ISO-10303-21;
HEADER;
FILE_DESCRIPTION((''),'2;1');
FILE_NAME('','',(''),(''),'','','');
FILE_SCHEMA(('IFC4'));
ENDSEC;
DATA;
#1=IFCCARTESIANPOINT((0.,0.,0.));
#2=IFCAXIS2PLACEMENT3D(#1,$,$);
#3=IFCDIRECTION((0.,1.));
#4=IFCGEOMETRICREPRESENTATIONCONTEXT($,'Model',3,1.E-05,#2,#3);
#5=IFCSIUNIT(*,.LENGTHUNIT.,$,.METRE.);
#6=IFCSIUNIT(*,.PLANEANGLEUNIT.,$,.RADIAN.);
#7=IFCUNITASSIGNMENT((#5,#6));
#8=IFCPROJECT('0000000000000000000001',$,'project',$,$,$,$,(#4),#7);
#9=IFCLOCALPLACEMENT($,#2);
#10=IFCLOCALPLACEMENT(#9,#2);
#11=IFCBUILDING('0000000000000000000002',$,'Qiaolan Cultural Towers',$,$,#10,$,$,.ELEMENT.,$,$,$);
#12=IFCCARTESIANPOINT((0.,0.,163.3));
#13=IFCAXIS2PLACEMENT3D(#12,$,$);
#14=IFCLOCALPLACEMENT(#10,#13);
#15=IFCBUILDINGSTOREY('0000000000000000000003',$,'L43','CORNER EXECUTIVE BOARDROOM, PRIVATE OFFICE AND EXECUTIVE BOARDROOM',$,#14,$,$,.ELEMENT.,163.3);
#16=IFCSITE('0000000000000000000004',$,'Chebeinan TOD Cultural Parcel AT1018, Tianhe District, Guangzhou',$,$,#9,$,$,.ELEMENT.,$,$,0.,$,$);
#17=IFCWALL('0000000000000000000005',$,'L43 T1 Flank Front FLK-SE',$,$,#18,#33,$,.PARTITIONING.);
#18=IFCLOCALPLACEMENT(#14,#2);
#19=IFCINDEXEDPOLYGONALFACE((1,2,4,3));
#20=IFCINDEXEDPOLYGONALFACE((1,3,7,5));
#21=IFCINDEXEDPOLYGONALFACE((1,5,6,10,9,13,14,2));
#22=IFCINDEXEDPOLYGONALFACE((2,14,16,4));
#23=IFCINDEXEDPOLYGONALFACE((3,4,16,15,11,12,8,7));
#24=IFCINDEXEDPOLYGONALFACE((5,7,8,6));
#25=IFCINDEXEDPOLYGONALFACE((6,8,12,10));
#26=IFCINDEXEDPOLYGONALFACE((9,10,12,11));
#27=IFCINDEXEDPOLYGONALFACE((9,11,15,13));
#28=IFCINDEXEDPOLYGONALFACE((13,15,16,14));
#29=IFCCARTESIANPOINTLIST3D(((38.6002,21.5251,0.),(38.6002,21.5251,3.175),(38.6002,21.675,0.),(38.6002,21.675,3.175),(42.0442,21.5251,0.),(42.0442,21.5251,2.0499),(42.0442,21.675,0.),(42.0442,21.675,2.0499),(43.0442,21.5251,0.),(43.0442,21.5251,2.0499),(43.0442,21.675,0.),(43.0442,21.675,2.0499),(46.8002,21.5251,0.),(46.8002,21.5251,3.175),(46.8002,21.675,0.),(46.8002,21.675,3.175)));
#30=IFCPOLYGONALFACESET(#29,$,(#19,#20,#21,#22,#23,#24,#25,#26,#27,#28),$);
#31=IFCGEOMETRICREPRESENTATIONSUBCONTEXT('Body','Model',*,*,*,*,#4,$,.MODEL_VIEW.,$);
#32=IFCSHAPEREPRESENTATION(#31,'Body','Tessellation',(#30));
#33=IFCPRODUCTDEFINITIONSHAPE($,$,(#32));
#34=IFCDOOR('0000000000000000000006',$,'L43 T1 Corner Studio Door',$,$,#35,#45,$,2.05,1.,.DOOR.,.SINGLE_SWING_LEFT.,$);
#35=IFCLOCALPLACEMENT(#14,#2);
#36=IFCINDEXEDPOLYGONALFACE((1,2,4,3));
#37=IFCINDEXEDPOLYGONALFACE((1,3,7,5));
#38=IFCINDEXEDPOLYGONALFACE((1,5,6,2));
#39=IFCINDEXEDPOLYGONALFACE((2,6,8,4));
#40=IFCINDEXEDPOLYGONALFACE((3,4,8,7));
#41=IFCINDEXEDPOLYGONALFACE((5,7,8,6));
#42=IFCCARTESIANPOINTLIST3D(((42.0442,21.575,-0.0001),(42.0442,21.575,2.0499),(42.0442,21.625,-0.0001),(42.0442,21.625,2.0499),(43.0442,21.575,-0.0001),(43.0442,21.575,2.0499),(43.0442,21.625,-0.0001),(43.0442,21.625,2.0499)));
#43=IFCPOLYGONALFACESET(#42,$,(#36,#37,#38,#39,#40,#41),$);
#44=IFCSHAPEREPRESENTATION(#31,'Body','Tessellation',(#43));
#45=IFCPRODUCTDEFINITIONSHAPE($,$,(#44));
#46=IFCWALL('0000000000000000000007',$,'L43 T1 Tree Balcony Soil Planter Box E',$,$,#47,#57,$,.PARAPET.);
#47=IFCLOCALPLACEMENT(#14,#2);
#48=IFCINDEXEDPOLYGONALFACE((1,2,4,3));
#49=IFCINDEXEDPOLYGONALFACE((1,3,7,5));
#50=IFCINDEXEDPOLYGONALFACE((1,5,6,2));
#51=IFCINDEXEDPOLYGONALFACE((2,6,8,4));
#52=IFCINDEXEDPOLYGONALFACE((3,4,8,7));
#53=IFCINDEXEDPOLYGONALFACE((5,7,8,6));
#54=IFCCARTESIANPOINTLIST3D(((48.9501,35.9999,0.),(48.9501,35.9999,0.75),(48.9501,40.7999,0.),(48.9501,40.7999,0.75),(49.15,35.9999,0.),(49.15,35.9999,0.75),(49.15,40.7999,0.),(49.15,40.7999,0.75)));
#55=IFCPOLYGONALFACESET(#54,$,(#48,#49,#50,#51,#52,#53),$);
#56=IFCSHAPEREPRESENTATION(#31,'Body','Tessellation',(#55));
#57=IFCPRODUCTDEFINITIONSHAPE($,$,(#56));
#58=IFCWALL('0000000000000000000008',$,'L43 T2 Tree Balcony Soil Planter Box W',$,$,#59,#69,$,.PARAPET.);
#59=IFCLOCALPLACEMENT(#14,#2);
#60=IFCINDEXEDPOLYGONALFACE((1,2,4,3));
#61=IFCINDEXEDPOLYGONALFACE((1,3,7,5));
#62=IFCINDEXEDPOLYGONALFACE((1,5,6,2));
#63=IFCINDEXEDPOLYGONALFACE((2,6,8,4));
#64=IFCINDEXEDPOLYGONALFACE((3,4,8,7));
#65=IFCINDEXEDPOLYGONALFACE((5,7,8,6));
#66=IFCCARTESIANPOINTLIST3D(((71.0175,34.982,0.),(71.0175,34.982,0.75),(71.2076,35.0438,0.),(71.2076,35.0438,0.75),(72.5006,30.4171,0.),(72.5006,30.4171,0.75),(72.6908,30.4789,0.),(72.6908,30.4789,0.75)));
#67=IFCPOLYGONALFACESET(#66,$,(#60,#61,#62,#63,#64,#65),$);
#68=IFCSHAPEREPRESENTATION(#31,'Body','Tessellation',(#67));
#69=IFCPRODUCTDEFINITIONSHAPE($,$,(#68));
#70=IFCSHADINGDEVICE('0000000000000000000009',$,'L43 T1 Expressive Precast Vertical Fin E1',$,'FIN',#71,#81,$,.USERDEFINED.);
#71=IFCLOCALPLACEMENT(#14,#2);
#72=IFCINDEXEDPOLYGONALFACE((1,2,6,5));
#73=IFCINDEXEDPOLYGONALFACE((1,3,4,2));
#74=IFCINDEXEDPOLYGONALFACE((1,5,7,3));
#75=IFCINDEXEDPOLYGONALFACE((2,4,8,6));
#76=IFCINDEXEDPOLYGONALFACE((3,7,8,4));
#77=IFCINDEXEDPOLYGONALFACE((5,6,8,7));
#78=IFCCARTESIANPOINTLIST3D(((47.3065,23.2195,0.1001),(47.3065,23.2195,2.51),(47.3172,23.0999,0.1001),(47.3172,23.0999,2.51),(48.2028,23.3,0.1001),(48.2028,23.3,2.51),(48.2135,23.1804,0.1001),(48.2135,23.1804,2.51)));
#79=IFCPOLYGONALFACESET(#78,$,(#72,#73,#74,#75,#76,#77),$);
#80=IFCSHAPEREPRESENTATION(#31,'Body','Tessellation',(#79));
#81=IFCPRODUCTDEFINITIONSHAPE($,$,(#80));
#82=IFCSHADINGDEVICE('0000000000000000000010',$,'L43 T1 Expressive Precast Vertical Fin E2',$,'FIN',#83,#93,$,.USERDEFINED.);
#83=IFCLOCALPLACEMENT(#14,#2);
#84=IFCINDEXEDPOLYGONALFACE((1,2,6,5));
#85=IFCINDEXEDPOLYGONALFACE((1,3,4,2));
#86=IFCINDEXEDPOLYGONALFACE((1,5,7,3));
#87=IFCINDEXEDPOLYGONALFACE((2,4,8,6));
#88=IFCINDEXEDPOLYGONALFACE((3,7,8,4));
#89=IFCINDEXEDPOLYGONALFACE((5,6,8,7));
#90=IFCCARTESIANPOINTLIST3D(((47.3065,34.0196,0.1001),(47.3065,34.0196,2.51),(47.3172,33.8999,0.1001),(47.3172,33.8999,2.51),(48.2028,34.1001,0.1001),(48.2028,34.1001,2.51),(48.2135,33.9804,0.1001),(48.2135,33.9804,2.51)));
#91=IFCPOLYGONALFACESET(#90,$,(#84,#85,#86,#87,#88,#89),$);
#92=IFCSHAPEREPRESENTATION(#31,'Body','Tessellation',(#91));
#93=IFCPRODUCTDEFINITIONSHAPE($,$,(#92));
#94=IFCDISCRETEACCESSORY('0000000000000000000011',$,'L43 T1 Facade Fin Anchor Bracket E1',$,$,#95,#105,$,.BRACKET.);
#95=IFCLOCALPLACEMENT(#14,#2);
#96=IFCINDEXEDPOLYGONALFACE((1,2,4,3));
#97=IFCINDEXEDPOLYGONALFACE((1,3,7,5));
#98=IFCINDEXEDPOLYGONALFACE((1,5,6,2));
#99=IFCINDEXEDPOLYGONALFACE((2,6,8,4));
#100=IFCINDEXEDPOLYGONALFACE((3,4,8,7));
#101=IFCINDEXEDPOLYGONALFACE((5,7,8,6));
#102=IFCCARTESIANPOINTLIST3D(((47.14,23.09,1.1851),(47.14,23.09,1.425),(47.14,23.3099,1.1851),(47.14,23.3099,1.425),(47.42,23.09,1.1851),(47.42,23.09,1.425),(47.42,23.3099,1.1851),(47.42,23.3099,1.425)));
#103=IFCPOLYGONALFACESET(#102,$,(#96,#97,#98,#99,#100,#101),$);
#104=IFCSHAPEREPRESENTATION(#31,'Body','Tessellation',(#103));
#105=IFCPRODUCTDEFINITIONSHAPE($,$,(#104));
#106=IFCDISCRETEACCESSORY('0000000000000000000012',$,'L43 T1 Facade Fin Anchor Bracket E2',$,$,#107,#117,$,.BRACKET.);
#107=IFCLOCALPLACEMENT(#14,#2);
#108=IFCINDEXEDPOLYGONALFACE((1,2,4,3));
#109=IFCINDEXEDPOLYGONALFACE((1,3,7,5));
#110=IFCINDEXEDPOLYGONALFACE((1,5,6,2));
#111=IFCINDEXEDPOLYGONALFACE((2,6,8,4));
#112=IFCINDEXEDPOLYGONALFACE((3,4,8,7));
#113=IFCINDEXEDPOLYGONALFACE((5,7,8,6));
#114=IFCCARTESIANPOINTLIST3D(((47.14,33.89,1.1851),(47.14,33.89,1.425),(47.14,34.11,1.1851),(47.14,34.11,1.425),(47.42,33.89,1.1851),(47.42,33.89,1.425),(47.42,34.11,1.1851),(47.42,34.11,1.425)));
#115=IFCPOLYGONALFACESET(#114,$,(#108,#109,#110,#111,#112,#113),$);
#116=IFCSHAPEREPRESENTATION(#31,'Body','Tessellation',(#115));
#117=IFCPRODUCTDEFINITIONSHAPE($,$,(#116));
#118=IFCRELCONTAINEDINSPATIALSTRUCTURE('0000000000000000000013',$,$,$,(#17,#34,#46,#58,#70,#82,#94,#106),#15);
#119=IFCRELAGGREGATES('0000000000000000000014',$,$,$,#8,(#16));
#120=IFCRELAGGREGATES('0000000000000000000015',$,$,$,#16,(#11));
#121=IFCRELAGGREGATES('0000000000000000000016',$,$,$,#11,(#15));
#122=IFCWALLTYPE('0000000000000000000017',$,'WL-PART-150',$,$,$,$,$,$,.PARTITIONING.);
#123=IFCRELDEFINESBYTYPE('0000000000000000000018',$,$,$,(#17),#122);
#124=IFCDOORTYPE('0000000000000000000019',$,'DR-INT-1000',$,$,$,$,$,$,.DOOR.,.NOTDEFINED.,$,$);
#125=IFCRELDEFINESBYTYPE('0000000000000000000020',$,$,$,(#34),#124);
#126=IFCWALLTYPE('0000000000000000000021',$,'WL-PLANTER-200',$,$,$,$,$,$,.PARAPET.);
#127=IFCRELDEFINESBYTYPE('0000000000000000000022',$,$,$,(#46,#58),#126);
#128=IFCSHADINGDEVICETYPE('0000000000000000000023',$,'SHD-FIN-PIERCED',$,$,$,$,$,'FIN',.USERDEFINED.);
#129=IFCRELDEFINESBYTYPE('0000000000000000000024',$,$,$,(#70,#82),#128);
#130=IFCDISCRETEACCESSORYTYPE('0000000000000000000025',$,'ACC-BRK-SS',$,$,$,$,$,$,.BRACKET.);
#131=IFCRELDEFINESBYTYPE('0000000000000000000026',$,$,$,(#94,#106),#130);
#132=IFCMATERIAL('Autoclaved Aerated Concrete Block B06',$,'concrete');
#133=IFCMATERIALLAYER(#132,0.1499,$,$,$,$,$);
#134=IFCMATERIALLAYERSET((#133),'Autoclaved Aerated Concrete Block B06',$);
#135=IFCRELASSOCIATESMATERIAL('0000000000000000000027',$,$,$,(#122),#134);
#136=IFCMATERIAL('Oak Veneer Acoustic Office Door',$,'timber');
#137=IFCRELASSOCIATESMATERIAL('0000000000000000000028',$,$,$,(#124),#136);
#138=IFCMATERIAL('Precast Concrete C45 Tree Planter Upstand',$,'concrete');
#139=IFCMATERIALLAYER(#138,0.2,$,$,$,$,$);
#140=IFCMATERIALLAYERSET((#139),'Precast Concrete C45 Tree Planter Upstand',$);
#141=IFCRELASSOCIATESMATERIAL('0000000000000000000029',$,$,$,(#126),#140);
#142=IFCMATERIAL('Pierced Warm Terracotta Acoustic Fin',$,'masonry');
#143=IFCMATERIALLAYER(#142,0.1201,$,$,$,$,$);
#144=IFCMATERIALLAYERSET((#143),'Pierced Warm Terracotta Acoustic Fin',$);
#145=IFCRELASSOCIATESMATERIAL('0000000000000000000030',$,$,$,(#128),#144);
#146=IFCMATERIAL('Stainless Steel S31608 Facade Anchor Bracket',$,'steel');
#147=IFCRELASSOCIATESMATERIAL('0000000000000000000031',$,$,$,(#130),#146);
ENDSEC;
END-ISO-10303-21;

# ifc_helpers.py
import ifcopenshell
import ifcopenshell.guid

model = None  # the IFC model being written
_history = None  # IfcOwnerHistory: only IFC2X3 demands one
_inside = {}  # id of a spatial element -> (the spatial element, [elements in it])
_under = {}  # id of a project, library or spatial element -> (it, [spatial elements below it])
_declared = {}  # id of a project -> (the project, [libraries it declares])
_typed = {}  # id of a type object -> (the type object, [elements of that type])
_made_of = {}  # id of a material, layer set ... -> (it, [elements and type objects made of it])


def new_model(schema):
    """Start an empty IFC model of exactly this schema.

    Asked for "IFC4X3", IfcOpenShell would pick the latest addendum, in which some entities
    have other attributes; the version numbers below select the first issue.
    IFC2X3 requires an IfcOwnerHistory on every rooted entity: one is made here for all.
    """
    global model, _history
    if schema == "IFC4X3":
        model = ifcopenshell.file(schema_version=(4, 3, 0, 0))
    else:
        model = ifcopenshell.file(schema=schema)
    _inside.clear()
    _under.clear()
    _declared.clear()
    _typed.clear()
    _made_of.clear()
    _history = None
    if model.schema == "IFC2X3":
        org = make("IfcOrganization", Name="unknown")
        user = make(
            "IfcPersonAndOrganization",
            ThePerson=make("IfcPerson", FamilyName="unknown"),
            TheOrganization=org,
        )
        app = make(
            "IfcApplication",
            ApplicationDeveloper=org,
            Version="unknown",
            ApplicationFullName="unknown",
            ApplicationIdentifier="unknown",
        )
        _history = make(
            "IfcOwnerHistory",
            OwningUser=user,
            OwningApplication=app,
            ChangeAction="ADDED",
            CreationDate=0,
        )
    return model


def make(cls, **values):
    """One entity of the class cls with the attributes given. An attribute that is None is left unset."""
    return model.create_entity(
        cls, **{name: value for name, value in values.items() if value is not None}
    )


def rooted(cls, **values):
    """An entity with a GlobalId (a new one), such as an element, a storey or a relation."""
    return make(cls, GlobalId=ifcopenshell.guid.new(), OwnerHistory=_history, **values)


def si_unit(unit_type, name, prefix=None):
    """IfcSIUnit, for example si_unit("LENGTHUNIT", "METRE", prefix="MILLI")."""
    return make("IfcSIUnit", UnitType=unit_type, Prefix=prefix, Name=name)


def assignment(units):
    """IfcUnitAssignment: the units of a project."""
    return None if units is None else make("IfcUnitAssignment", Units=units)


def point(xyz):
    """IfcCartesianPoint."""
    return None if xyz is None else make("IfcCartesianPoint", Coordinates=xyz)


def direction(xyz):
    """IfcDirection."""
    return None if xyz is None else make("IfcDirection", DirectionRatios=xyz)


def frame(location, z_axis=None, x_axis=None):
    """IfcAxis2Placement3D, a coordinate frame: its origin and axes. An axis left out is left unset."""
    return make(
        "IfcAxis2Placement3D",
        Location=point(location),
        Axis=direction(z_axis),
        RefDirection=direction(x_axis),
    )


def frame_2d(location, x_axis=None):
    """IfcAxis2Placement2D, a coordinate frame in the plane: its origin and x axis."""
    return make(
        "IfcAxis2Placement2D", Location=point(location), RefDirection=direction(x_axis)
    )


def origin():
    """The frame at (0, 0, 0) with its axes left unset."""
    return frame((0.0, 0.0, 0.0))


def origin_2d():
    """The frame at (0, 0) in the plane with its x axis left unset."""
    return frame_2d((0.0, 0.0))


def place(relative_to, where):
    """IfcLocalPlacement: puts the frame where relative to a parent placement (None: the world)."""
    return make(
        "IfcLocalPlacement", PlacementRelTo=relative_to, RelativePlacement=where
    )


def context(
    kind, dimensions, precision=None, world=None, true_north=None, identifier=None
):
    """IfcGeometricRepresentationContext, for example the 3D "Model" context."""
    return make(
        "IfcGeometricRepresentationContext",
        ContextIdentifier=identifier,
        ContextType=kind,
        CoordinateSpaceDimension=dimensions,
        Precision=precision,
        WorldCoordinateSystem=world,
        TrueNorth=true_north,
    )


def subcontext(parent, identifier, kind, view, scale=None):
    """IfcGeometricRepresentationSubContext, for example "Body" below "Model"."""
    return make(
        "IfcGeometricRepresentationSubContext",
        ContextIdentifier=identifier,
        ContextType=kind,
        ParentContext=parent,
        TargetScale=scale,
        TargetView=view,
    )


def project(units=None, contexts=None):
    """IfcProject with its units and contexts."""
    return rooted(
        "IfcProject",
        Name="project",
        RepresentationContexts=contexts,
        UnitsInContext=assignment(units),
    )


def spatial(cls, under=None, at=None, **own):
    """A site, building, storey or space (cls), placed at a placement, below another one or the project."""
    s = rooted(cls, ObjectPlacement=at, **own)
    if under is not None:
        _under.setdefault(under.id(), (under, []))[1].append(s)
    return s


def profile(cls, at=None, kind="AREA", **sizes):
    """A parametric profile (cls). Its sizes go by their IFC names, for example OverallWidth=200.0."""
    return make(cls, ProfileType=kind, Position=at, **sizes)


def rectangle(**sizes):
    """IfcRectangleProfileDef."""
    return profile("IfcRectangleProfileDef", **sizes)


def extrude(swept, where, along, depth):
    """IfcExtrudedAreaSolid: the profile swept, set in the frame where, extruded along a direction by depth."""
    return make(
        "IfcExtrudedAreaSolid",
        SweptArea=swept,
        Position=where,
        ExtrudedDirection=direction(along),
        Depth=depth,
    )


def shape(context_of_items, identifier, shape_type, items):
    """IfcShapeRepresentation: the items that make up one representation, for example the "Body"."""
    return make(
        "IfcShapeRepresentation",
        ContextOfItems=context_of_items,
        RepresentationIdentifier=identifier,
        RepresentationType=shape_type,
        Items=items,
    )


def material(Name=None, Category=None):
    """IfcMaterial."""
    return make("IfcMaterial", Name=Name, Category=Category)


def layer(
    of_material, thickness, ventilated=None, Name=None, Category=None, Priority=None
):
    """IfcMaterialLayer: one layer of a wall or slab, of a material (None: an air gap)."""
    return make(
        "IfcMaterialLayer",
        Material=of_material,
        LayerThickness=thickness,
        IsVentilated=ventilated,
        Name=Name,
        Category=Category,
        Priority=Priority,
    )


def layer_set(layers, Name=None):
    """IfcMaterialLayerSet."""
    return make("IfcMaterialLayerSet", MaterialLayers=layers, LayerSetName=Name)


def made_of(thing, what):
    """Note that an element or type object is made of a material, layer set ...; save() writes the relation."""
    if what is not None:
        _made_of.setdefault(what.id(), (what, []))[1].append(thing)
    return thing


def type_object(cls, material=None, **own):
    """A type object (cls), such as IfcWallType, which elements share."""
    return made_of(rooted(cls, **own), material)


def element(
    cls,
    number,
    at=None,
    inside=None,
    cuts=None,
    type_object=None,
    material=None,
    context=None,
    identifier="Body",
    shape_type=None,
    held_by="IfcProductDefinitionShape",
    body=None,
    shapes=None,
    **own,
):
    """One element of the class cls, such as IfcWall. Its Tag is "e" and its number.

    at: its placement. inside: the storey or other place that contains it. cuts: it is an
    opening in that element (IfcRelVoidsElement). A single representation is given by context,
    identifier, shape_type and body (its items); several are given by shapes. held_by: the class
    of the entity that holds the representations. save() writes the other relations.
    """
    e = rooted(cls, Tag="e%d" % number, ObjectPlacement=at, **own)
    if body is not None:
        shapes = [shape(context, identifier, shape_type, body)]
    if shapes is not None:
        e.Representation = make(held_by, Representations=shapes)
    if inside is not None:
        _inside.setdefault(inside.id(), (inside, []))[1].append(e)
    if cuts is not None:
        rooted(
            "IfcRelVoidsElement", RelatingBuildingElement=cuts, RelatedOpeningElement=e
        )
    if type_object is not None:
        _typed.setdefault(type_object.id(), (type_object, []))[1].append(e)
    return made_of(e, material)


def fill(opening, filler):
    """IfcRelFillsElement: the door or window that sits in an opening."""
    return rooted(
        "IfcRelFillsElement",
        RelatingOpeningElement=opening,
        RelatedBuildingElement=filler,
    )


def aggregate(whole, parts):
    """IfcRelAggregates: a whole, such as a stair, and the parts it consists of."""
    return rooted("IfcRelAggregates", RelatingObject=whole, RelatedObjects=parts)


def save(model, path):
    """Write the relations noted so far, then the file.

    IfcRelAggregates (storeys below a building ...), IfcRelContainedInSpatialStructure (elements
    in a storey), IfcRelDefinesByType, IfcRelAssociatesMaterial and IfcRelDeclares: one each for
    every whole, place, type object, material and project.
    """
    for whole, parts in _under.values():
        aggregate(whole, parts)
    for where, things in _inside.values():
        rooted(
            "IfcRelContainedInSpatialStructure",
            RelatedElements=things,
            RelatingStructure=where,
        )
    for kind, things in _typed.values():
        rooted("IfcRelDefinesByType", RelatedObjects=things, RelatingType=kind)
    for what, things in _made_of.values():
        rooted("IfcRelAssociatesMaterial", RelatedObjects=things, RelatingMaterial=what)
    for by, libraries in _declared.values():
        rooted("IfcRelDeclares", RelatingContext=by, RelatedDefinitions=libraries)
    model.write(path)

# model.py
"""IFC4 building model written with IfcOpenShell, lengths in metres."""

from ifc_helpers import new_model, si_unit, direction, frame, frame_2d, origin, origin_2d, place, context, subcontext, project, spatial, rectangle, extrude, material, layer, layer_set, type_object, element, fill, save


model = new_model("IFC4")

# Units and contexts
model_context = context("Model", 3, precision=1e-05, world=origin(), true_north=direction((0.0, 1.0)))
body_context = subcontext(model_context, "Body", "Model", "MODEL_VIEW")
ifc_project = project(units=[si_unit("LENGTHUNIT", "METRE"), si_unit("PLANEANGLEUNIT", "RADIAN")], contexts=[model_context])

# Site, building, storey
site_placement = place(None, origin())
site = spatial("IfcSite", under=ifc_project, at=site_placement, Name="Chebeinan TOD Cultural Parcel AT1018, Tianhe District, Guangzhou", CompositionType="ELEMENT", RefElevation=0.0)
building_placement = place(site_placement, origin())
building = spatial("IfcBuilding", under=site, at=building_placement, Name="Qiaolan Cultural Towers", CompositionType="ELEMENT")
storey_placement = place(building_placement, frame((0.0, 0.0, 163.3)))
storey = spatial("IfcBuildingStorey", under=building, at=storey_placement, Name="L43", Description="CORNER EXECUTIVE BOARDROOM, PRIVATE OFFICE AND EXECUTIVE BOARDROOM", CompositionType="ELEMENT", Elevation=163.3)

# Shared definitions
ifc_material_1 = material(Name="Autoclaved Aerated Concrete Block B06", Category="concrete")
ifc_layer_1 = layer(ifc_material_1, 0.1499)
ifc_layer_set_1 = layer_set([ifc_layer_1], Name="Autoclaved Aerated Concrete Block B06")
wall_type_1 = type_object("IfcWallType", Name="WL-PART-150", PredefinedType="PARTITIONING", material=ifc_layer_set_1)

# Wall, opening, door
wall_1_placement = place(storey_placement, frame((38.6001, 21.6001, 0.0), z_axis=(0.0, 0.0, 1.0), x_axis=(1.0, 0.0, 0.0)))
wall_1 = element("IfcWall", 1, at=wall_1_placement, inside=storey, type_object=wall_type_1, Name="L43 T1 Flank Front FLK-SE", PredefinedType="PARTITIONING", context=body_context, shape_type="SweptSolid", body=[
    extrude(rectangle(XDim=8.2, YDim=0.1499, at=frame_2d((4.1001, 0.0))), origin(), (0.0, 0.0, 1.0), 3.175),
])
opening_1_placement = place(wall_1_placement, frame((3.4441, 0.0, 0.0)))
opening_1 = element("IfcOpeningElement", 2, at=opening_1_placement, cuts=wall_1, PredefinedType="OPENING", context=body_context, shape_type="SweptSolid", body=[
    extrude(rectangle(XDim=1.0, YDim=2.05, at=frame_2d((0.5, 1.0249))), frame((0.0, 0.085, 0.0), z_axis=(0.0, -1.0, 0.0), x_axis=(1.0, 0.0, 0.0)), (0.0, 0.0, 1.0), 0.1699),
])
ifc_material_2 = material(Name="Oak Veneer Acoustic Office Door", Category="timber")
door_type_1 = type_object("IfcDoorType", Name="DR-INT-1000", OperationType="NOTDEFINED", PredefinedType="DOOR", material=ifc_material_2)
door_1_placement = place(opening_1_placement, origin())
door_1 = element("IfcDoor", 3, at=door_1_placement, inside=storey, type_object=door_type_1, Name="L43 T1 Corner Studio Door", OperationType="SINGLE_SWING_LEFT", OverallHeight=2.05, OverallWidth=1.0, PredefinedType="DOOR", context=body_context, shape_type="SweptSolid", body=[
    extrude(rectangle(XDim=1.0, YDim=2.05, at=frame_2d((0.5, 1.0249))), frame((0.0, 0.0249, 0.0), z_axis=(0.0, -1.0, 0.0), x_axis=(1.0, 0.0, 0.0)), (0.0, 0.0, 1.0), 0.05),
])
fill(opening_1, door_1)

# Walls
ifc_material_3 = material(Name="Precast Concrete C45 Tree Planter Upstand", Category="concrete")
ifc_layer_2 = layer(ifc_material_3, 0.2)
ifc_layer_set_2 = layer_set([ifc_layer_2], Name="Precast Concrete C45 Tree Planter Upstand")
wall_type_2 = type_object("IfcWallType", Name="WL-PLANTER-200", PredefinedType="PARAPET", material=ifc_layer_set_2)
wall_2_placement = place(storey_placement, frame((49.05, 36.0, 0.0), z_axis=(0.0, 0.0, 1.0), x_axis=(0.0, 1.0, 0.0)))
element("IfcWall", 4, at=wall_2_placement, inside=storey, type_object=wall_type_2, Name="L43 T1 Tree Balcony Soil Planter Box E", PredefinedType="PARAPET", context=body_context, shape_type="SweptSolid", body=[
    extrude(rectangle(XDim=4.8, YDim=0.2, at=frame_2d((2.3999, 0.0))), origin(), (0.0, 0.0, 1.0), 0.75),
])
wall_3_placement = place(storey_placement, frame((72.5957, 30.448, 0.0), z_axis=(0.0, 0.0, 1.0), x_axis=(-0.309001, 0.951062, 0.0)))
element("IfcWall", 5, at=wall_3_placement, inside=storey, type_object=wall_type_2, Name="L43 T2 Tree Balcony Soil Planter Box W", PredefinedType="PARAPET", context=body_context, shape_type="SweptSolid", body=[
    extrude(rectangle(XDim=4.7998, YDim=0.2, at=frame_2d((2.3999, 0.0))), origin(), (0.0, 0.0, 1.0), 0.75),
])

# Shading devices
ifc_material_4 = material(Name="Pierced Warm Terracotta Acoustic Fin", Category="masonry")
ifc_layer_3 = layer(ifc_material_4, 0.1201)
ifc_layer_set_3 = layer_set([ifc_layer_3], Name="Pierced Warm Terracotta Acoustic Fin")
shading_device_type = type_object("IfcShadingDeviceType", Name="SHD-FIN-PIERCED", ElementType="FIN", PredefinedType="USERDEFINED", material=ifc_layer_set_3)
for number, where, z_axis, x_axis, name in (
    (6, (47.76, 23.2, 0.1001), (0.0, 0.0, 1.0), (0.995994, 0.089421, 0.0), "L43 T1 Expressive Precast Vertical Fin E1"),
    (7, (47.76, 34.0, 0.1001), (0.0, 0.0, 1.0), (0.995994, 0.089421, 0.0), "L43 T1 Expressive Precast Vertical Fin E2"),
):
    element("IfcShadingDevice", number, at=place(storey_placement, frame(where, z_axis=z_axis, x_axis=x_axis)), inside=storey, type_object=shading_device_type, Name=name, ObjectType="FIN", PredefinedType="USERDEFINED", context=body_context, shape_type="SweptSolid", body=[
        extrude(rectangle(XDim=0.8999, YDim=0.1201, at=origin_2d()), origin(), (0.0, 0.0, 1.0), 2.4099),
    ])

# Discrete accessories
ifc_material_5 = material(Name="Stainless Steel S31608 Facade Anchor Bracket", Category="steel")
discrete_accessory_type = type_object("IfcDiscreteAccessoryType", Name="ACC-BRK-SS", PredefinedType="BRACKET", material=ifc_material_5)
for number, where, z_axis, x_axis, name in (
    (8, (47.28, 23.2, 1.1851), (0.0, 0.0, 1.0), (1.0, 0.0, 0.0), "L43 T1 Facade Fin Anchor Bracket E1"),
    (9, (47.28, 34.0, 1.1851), (0.0, 0.0, 1.0), (1.0, 0.0, 0.0), "L43 T1 Facade Fin Anchor Bracket E2"),
):
    element("IfcDiscreteAccessory", number, at=place(storey_placement, frame(where, z_axis=z_axis, x_axis=x_axis)), inside=storey, type_object=discrete_accessory_type, Name=name, PredefinedType="BRACKET", context=body_context, shape_type="SweptSolid", body=[
        extrude(rectangle(XDim=0.28, YDim=0.22, at=origin_2d()), origin(), (0.0, 0.0, 1.0), 0.24),
    ])

save(model, "model.ifc")
